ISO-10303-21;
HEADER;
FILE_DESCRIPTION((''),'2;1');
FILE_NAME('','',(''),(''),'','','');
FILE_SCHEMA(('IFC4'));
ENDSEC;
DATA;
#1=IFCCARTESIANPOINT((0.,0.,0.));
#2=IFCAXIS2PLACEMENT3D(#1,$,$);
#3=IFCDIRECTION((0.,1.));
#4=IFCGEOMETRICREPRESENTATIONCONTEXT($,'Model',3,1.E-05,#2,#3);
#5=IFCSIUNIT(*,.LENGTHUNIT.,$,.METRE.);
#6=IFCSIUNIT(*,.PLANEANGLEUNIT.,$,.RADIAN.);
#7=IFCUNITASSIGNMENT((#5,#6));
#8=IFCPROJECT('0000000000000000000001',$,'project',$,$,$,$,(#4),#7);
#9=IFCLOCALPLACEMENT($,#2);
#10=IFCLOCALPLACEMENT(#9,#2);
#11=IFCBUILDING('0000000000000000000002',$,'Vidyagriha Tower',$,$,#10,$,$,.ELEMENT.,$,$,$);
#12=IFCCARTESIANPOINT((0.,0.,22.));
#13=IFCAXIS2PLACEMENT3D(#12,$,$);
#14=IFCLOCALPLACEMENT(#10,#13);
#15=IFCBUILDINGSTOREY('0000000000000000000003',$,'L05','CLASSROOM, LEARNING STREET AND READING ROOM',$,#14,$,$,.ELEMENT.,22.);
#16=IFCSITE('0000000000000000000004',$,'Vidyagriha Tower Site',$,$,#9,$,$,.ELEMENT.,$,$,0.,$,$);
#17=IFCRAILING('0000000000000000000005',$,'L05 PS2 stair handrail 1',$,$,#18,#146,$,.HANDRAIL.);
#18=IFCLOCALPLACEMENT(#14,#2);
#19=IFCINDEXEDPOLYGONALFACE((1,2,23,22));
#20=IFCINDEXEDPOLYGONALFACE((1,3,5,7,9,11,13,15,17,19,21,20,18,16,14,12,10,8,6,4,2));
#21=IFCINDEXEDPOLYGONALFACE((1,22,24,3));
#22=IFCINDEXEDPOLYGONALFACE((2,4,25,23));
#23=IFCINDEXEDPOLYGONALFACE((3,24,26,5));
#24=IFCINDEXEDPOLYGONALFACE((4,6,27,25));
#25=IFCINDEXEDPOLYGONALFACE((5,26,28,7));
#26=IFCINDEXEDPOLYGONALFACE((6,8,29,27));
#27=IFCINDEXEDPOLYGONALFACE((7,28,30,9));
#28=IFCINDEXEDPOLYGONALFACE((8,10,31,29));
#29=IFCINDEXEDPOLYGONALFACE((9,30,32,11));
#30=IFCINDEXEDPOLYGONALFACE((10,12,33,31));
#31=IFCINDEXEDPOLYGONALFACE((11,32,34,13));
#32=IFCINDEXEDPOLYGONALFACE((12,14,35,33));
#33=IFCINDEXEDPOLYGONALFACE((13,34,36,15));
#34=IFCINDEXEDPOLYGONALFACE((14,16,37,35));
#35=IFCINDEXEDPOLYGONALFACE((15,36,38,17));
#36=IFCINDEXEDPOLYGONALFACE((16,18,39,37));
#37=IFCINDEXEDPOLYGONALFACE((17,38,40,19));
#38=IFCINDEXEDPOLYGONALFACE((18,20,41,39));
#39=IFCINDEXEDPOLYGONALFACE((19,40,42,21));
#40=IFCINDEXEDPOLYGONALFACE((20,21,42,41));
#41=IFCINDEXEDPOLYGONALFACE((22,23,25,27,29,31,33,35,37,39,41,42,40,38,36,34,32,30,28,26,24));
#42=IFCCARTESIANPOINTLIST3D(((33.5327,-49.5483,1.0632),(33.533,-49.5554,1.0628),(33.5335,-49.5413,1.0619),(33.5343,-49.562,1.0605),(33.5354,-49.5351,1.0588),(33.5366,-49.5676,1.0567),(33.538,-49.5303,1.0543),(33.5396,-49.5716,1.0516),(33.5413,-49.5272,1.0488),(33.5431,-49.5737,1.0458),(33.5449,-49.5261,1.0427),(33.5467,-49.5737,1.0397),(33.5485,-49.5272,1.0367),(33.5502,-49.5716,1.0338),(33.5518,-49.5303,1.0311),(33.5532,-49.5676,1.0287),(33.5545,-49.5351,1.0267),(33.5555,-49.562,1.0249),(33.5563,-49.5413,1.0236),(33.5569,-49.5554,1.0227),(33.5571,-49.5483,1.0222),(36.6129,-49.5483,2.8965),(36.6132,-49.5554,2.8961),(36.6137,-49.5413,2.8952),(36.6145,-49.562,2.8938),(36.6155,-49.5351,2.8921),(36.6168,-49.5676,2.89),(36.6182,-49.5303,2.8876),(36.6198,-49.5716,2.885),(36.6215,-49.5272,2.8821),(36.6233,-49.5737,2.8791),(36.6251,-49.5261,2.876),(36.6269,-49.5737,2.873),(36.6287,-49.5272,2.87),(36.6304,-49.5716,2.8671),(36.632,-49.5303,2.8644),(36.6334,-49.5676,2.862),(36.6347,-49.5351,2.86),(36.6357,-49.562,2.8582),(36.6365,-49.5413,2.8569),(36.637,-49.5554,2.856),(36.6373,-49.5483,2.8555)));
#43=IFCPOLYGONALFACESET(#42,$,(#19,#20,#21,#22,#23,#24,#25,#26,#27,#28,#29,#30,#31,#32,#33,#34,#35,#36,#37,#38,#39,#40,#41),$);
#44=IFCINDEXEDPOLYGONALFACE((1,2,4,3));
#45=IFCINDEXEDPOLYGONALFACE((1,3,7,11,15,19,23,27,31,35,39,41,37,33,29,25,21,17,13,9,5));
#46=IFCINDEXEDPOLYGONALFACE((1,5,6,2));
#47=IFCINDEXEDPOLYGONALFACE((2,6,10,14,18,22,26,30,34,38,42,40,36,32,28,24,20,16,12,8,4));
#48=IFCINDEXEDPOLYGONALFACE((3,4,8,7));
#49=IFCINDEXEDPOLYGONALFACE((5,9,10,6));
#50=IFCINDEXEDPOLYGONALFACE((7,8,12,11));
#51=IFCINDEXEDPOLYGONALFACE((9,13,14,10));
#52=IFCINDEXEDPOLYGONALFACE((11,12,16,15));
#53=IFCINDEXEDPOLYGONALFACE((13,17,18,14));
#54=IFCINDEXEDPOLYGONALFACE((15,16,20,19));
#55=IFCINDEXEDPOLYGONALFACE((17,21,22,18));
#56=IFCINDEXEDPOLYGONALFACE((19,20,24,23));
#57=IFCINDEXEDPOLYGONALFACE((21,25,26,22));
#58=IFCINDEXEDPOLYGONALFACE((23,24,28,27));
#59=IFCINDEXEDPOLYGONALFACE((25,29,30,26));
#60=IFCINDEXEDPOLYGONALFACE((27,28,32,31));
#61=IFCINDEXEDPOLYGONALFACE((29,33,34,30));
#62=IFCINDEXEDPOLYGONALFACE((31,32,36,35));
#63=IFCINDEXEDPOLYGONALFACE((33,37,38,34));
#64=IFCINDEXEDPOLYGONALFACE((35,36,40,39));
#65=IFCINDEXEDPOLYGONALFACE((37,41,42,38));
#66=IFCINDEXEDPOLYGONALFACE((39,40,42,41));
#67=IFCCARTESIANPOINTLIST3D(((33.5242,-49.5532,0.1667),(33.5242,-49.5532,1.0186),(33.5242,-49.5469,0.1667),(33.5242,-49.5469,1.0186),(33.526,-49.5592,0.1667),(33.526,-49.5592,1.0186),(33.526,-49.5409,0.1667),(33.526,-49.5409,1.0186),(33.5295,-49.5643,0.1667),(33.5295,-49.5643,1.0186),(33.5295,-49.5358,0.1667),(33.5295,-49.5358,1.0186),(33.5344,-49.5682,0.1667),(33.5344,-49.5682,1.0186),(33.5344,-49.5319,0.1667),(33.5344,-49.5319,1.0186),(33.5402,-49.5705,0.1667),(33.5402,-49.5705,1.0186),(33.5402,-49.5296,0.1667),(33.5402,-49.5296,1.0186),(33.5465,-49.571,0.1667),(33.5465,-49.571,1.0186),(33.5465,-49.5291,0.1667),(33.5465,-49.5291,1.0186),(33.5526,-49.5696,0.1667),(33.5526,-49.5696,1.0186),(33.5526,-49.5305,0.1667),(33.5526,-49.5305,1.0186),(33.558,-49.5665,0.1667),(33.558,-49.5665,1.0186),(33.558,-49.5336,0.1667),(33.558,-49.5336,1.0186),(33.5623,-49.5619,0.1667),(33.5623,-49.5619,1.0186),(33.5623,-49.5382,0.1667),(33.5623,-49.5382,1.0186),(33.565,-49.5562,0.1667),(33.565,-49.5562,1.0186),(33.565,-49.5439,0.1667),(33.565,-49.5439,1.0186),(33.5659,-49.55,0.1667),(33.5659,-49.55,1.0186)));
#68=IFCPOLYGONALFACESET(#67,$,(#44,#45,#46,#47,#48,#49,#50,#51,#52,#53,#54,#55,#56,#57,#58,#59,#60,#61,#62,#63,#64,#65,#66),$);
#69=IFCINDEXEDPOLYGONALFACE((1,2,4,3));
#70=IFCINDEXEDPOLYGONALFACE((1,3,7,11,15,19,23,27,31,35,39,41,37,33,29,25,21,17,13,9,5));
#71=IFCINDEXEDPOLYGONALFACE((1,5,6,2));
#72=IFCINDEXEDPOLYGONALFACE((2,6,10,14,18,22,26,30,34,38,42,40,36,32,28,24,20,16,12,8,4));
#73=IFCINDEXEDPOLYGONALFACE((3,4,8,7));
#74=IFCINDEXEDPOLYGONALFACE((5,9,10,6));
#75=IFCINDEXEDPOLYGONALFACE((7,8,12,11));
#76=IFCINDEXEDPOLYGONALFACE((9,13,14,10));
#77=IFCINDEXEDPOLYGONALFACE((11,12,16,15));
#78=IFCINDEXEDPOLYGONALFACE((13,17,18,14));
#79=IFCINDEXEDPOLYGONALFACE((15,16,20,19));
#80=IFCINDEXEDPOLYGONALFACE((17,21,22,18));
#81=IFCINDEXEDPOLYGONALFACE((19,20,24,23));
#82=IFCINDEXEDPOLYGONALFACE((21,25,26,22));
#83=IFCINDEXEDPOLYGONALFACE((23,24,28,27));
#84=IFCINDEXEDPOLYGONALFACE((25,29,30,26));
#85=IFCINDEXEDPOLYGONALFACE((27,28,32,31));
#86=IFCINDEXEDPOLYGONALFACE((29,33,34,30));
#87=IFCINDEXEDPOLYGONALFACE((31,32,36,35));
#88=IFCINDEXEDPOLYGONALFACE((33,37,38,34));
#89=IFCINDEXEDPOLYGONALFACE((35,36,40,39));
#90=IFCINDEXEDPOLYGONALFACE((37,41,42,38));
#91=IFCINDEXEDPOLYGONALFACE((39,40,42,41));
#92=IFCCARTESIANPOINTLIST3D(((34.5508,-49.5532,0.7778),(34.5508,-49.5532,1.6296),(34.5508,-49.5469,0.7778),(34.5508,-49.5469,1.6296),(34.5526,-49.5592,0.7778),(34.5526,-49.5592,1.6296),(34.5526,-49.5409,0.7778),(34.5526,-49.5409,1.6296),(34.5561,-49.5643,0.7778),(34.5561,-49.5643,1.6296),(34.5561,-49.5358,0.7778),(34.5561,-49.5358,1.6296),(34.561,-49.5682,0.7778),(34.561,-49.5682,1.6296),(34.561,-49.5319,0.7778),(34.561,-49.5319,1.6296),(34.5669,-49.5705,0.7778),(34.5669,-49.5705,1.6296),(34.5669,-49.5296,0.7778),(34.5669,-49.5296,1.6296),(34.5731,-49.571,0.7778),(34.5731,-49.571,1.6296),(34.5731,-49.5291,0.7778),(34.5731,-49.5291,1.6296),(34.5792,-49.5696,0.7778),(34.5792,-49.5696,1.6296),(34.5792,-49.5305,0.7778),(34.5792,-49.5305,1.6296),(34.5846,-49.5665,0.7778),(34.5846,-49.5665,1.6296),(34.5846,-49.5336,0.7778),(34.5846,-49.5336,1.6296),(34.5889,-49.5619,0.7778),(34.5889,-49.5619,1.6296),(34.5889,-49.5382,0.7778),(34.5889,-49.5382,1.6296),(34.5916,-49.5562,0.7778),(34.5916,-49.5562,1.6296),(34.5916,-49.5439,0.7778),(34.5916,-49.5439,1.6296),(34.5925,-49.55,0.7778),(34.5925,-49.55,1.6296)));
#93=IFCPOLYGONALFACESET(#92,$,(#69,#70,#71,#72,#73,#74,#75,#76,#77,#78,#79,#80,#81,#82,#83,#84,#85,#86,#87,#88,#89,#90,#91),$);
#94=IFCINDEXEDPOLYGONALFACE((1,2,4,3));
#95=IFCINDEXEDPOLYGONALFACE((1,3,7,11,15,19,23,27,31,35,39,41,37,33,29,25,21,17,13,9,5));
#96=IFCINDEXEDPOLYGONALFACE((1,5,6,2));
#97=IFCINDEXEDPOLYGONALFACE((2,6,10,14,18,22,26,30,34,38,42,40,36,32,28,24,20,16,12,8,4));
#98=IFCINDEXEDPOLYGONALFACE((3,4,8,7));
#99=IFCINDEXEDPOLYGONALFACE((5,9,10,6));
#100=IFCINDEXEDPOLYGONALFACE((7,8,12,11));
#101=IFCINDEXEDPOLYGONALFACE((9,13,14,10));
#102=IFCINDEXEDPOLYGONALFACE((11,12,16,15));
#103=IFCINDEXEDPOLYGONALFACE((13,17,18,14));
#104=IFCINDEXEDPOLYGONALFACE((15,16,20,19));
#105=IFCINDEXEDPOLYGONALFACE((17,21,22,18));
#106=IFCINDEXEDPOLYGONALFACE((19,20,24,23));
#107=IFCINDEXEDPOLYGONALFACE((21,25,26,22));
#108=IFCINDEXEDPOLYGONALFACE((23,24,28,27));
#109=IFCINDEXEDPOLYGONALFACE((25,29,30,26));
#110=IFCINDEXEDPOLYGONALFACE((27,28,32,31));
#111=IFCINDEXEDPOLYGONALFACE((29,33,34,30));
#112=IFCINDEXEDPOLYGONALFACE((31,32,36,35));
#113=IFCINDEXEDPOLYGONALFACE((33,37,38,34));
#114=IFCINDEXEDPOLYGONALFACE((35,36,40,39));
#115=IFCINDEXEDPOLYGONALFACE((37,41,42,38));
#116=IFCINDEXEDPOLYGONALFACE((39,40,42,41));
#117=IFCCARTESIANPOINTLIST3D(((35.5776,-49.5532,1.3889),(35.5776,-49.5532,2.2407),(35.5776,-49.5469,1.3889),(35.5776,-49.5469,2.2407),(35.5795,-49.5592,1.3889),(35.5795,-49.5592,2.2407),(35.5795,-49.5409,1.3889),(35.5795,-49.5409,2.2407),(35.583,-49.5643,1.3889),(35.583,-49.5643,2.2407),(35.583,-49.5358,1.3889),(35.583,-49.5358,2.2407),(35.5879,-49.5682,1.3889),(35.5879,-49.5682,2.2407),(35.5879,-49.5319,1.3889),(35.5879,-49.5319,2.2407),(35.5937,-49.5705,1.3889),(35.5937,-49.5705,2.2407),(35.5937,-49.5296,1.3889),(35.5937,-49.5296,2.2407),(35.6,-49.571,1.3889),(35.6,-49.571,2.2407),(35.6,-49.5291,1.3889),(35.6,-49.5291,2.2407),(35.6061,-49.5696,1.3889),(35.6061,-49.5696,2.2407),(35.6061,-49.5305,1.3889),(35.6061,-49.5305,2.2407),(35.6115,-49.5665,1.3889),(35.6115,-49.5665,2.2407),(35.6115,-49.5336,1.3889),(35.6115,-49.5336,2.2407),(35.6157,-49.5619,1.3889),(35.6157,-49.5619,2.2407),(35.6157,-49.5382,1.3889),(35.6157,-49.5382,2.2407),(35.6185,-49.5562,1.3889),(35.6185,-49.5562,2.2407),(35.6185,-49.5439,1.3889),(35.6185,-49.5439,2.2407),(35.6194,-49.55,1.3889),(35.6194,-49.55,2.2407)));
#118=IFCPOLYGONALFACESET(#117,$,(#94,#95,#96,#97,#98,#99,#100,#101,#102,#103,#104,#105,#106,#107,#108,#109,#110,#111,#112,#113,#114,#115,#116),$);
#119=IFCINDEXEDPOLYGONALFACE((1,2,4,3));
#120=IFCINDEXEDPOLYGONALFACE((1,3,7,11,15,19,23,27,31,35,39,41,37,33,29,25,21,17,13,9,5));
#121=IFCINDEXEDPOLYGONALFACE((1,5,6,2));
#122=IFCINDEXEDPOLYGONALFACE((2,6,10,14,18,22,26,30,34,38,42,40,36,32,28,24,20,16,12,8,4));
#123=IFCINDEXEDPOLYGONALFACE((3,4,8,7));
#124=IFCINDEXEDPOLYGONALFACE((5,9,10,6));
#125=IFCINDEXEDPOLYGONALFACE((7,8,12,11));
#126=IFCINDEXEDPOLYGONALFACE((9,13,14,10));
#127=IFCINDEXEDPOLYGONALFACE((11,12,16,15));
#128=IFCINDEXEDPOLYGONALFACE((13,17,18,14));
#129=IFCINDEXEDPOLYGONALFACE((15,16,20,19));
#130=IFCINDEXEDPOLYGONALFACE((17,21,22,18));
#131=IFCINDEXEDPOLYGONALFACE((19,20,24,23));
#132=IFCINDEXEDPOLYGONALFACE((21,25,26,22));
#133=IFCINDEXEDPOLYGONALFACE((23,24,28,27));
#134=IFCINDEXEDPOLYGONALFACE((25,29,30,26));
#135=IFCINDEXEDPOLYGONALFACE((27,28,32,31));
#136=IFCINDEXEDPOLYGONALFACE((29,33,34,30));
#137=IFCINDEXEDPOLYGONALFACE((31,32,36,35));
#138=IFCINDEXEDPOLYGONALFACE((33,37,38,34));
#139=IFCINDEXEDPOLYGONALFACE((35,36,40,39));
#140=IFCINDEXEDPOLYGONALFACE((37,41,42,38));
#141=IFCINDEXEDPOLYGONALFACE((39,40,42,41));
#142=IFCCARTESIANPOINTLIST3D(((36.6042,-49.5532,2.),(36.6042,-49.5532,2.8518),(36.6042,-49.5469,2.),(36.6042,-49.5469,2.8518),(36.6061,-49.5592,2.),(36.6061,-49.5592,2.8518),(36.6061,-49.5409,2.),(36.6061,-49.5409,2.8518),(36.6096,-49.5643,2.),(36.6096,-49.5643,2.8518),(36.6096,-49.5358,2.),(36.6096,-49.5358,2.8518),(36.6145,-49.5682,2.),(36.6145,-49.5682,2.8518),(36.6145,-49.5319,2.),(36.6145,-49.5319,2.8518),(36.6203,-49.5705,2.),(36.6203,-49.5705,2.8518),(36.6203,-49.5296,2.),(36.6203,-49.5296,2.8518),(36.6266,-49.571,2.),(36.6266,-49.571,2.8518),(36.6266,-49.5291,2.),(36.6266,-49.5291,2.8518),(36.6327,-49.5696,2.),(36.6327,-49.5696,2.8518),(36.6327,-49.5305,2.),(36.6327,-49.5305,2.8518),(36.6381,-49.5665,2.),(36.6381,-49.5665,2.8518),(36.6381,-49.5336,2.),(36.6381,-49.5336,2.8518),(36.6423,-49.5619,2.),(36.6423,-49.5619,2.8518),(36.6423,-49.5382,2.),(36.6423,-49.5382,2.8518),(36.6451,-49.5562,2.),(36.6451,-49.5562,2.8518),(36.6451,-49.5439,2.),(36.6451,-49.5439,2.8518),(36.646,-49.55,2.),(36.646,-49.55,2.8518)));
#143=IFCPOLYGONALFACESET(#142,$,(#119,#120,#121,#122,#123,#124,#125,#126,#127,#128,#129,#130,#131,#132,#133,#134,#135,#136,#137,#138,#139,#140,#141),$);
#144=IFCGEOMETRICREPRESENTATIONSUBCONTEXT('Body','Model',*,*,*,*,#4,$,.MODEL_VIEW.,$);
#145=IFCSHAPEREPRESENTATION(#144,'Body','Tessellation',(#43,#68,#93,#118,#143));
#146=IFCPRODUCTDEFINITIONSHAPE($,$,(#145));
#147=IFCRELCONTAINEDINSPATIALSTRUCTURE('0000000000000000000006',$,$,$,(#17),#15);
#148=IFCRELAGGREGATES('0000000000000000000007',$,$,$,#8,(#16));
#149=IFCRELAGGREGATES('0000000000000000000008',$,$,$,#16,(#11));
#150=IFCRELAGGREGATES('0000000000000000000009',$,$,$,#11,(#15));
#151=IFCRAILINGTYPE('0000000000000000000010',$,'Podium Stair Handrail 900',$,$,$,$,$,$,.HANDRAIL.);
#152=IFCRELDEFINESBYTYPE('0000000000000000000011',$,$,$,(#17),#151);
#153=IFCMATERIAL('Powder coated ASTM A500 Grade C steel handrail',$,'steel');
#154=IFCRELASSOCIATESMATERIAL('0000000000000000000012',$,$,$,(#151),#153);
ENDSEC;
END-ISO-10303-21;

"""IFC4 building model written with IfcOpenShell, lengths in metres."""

from ifc_helpers import new_model, si_unit, direction, frame, origin, origin_2d, place, context, subcontext, project, spatial, circle, extrude, material, type_object, element, save


model = new_model("IFC4")

# Units and contexts
model_context = context("Model", 3, precision=1e-05, world=origin(), true_north=direction((0.0, 1.0)))
body_context = subcontext(model_context, "Body", "Model", "MODEL_VIEW")
ifc_project = project(units=[si_unit("LENGTHUNIT", "METRE"), si_unit("PLANEANGLEUNIT", "RADIAN")], contexts=[model_context])

# Site, building, storey
site_placement = place(None, origin())
site = spatial("IfcSite", under=ifc_project, at=site_placement, Name="Vidyagriha Tower Site", CompositionType="ELEMENT", RefElevation=0.0)
building_placement = place(site_placement, origin())
building = spatial("IfcBuilding", under=site, at=building_placement, Name="Vidyagriha Tower", CompositionType="ELEMENT")
storey_placement = place(building_placement, frame((0.0, 0.0, 22.0)))
storey = spatial("IfcBuildingStorey", under=building, at=storey_placement, Name="L05", Description="CLASSROOM, LEARNING STREET AND READING ROOM", CompositionType="ELEMENT", Elevation=22.0)

# Railing
ifc_material_1 = material(Name="Powder coated ASTM A500 Grade C steel handrail", Category="steel")
railing_type_1 = type_object("IfcRailingType", Name="Podium Stair Handrail 900", PredefinedType="HANDRAIL", material=ifc_material_1)
railing_1_placement = place(storey_placement, frame((33.5449, -49.55, 0.1667)))
element("IfcRailing", 1, at=railing_1_placement, inside=storey, type_object=railing_type_1, Name="L05 PS2 stair handrail 1", PredefinedType="HANDRAIL", context=body_context, shape_type="SweptSolid", body=[
    extrude(circle(Radius=0.0239, at=origin_2d()), frame((0.0, 0.0, 0.876), z_axis=(0.859309, 0.0, 0.511458), x_axis=(0.0, 1.0, 0.0)), (0.0, 0.0, 1.0), 3.5845),
    extrude(circle(Radius=0.021, at=origin_2d()), origin(), (0.0, 0.0, 1.0), 0.8518),
    extrude(circle(Radius=0.021, at=origin_2d()), frame((1.0266, 0.0, 0.6111)), (0.0, 0.0, 1.0), 0.8518),
    extrude(circle(Radius=0.021, at=origin_2d()), frame((2.0535, 0.0, 1.2222)), (0.0, 0.0, 1.0), 0.8518),
    extrude(circle(Radius=0.021, at=origin_2d()), frame((3.0801, 0.0, 1.8333)), (0.0, 0.0, 1.0), 0.8518),
])

save(model, "model.ifc")
